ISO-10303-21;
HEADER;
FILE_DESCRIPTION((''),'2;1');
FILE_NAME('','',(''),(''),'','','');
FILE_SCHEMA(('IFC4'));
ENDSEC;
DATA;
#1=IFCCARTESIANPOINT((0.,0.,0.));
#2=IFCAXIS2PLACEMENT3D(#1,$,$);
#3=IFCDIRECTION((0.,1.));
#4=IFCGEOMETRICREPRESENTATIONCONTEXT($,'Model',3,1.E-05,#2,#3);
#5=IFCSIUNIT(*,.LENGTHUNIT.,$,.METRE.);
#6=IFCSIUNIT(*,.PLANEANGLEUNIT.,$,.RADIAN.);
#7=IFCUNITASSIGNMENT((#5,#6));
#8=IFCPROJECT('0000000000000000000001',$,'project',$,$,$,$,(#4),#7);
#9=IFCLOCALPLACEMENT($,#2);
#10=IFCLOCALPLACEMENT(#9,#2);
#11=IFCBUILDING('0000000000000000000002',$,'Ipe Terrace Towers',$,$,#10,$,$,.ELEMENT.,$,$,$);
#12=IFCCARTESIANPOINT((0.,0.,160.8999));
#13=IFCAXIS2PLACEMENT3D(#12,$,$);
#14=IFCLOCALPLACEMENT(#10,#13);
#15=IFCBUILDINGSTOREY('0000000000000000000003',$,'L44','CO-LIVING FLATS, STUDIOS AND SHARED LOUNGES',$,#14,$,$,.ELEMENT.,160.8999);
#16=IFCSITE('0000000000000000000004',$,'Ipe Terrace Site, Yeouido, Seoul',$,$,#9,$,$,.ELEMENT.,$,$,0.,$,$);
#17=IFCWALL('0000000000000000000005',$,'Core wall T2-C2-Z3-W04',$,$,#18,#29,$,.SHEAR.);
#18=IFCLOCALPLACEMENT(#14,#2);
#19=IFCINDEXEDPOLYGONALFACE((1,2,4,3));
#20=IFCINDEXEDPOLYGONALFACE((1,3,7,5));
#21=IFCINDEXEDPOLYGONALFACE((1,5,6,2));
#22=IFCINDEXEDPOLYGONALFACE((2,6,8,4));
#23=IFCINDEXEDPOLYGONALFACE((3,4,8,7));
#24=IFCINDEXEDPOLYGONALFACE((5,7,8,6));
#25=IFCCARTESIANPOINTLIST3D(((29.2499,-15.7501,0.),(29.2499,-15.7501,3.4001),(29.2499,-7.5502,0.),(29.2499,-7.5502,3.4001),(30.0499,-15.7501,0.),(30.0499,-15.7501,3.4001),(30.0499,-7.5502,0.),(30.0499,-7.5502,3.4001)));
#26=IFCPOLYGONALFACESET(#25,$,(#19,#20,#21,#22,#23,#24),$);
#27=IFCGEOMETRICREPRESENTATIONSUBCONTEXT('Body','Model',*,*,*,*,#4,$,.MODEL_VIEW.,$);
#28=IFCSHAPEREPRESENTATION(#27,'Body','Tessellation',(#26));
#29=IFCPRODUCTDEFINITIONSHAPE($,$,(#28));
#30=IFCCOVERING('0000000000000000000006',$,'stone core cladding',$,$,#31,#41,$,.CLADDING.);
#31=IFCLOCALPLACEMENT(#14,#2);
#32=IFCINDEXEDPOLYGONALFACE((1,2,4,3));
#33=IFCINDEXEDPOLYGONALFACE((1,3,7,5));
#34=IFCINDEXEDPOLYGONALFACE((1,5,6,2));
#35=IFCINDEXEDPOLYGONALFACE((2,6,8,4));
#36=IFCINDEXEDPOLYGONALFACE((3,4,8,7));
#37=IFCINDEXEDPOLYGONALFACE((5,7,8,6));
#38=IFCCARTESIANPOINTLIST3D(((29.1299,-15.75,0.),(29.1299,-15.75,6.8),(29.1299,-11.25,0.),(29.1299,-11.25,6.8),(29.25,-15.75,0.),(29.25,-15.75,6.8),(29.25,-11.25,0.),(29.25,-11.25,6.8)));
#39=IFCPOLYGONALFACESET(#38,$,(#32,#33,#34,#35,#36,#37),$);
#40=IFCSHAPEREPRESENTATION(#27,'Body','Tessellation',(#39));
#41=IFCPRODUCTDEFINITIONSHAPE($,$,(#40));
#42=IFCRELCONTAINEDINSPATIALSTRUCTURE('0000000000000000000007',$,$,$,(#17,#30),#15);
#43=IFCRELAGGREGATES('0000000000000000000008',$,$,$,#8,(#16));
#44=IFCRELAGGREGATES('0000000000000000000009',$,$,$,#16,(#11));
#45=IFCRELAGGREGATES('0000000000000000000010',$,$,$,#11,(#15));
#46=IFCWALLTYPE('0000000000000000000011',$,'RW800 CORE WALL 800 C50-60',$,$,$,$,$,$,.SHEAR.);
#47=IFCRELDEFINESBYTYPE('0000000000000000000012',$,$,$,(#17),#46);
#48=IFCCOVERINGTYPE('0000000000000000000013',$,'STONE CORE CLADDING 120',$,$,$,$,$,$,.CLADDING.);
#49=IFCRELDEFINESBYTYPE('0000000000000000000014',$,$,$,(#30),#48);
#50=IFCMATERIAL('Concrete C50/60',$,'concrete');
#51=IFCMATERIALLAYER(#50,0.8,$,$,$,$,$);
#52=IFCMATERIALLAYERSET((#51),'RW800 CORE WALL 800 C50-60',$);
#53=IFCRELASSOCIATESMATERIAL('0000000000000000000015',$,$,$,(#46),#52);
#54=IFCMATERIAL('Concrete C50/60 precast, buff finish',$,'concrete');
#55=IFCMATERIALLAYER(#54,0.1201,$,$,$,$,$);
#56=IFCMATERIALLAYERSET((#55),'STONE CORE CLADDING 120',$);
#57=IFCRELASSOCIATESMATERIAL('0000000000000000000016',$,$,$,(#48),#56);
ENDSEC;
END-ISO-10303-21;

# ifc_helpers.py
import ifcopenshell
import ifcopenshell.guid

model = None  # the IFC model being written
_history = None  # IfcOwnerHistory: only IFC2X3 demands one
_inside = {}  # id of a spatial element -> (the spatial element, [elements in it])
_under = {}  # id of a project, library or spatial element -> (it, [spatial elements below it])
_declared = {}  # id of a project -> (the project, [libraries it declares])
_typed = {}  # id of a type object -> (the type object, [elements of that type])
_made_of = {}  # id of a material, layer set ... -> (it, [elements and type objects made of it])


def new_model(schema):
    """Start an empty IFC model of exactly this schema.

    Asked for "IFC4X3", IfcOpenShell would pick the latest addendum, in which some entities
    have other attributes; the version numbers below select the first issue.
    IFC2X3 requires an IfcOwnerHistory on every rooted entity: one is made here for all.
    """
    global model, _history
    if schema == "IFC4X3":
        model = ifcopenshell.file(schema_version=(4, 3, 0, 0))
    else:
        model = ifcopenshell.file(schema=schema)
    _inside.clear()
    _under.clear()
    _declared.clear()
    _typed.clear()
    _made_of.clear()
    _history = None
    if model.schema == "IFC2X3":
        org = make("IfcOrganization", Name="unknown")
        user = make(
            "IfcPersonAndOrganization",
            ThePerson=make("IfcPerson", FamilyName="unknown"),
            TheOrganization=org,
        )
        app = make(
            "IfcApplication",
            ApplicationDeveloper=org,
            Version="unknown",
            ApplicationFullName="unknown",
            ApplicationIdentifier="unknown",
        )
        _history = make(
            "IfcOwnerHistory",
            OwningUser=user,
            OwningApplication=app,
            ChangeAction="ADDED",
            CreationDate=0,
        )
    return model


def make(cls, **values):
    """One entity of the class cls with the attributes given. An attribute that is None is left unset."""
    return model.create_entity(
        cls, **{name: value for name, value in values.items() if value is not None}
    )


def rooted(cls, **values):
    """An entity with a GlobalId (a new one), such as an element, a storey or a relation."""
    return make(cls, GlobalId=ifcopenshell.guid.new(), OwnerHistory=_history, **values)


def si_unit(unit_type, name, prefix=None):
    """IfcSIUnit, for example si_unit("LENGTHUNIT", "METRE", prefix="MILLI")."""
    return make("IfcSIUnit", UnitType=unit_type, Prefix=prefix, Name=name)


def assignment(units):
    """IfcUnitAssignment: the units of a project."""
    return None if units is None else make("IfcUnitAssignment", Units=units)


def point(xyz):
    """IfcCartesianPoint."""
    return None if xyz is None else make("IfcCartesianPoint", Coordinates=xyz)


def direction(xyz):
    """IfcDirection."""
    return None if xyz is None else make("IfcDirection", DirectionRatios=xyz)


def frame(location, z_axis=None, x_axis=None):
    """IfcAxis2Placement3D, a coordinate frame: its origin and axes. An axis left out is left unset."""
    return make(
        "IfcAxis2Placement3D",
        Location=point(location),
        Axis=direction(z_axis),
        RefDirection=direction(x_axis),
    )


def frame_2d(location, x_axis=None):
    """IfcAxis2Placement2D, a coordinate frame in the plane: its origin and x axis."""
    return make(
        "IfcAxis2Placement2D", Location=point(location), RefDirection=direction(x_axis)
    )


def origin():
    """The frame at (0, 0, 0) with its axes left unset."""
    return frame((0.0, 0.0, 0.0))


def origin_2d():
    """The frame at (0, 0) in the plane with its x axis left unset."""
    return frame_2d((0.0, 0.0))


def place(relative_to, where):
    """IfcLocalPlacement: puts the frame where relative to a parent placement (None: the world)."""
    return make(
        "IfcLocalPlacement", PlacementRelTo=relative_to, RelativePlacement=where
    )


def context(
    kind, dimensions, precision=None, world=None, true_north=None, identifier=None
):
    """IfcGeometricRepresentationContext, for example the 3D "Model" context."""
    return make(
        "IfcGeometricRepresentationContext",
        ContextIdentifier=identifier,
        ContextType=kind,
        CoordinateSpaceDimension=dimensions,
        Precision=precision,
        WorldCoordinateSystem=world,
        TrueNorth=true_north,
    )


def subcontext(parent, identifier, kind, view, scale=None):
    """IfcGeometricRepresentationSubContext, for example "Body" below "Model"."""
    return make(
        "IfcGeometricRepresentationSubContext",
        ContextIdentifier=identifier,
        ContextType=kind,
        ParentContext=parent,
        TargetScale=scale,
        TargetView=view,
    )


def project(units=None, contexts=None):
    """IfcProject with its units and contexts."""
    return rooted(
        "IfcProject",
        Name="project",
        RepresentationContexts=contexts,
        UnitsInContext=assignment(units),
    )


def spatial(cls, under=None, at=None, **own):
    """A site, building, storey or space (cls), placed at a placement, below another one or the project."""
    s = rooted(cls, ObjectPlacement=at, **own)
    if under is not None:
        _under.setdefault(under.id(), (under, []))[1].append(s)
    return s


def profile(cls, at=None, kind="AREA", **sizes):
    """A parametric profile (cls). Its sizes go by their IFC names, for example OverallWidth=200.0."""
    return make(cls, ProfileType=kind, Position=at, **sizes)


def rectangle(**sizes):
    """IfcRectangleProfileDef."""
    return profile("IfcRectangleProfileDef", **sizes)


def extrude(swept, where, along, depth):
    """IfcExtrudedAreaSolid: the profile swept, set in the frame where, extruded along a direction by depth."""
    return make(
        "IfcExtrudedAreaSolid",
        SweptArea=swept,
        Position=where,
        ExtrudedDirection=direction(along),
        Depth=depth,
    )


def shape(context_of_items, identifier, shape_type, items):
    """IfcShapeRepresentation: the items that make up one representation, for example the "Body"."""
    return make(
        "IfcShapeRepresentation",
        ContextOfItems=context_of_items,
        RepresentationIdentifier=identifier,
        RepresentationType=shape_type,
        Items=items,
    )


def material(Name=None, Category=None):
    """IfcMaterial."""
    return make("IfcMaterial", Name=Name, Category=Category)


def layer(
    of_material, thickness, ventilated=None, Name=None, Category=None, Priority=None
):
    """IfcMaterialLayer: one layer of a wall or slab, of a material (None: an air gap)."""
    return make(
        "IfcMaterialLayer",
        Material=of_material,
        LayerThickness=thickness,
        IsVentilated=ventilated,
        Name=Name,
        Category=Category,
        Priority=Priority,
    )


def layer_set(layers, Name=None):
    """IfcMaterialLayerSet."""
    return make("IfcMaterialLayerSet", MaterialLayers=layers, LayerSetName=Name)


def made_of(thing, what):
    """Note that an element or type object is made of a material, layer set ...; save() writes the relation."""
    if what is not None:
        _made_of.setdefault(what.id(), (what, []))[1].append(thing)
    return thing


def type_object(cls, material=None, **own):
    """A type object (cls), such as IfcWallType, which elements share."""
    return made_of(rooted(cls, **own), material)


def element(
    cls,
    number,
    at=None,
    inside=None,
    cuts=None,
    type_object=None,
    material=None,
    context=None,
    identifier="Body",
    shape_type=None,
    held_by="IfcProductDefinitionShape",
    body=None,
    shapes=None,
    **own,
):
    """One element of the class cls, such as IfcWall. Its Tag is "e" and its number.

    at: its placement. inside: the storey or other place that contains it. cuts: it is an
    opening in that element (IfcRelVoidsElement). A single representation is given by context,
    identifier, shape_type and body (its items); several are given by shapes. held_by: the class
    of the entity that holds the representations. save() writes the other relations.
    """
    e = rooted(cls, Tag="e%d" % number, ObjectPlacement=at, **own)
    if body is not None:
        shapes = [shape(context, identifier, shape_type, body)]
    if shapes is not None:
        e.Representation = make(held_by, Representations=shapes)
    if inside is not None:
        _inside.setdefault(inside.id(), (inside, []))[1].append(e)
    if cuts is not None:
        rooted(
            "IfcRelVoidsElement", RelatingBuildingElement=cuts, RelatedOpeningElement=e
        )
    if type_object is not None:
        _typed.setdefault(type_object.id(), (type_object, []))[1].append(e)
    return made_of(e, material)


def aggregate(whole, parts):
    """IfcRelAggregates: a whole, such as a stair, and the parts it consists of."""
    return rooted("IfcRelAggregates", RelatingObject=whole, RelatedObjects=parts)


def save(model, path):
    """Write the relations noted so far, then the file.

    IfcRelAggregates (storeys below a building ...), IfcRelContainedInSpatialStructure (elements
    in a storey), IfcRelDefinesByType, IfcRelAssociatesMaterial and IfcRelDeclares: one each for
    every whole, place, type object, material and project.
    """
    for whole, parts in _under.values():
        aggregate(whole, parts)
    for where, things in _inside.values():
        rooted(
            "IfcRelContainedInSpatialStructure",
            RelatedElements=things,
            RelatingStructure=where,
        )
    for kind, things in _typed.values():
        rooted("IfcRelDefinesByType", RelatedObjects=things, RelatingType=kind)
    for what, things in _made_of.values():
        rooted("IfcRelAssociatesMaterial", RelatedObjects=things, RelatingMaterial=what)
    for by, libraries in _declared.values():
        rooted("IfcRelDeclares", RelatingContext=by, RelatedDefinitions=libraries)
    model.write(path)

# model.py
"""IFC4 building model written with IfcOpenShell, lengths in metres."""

from ifc_helpers import new_model, si_unit, direction, frame, frame_2d, origin, origin_2d, place, context, subcontext, project, spatial, rectangle, extrude, material, layer, layer_set, type_object, element, save


model = new_model("IFC4")

# Units and contexts
model_context = context("Model", 3, precision=1e-05, world=origin(), true_north=direction((0.0, 1.0)))
body_context = subcontext(model_context, "Body", "Model", "MODEL_VIEW")
ifc_project = project(units=[si_unit("LENGTHUNIT", "METRE"), si_unit("PLANEANGLEUNIT", "RADIAN")], contexts=[model_context])

# Site, building, storey
site_placement = place(None, origin())
site = spatial("IfcSite", under=ifc_project, at=site_placement, Name="Ipe Terrace Site, Yeouido, Seoul", CompositionType="ELEMENT", RefElevation=0.0)
building_placement = place(site_placement, origin())
building = spatial("IfcBuilding", under=site, at=building_placement, Name="Ipe Terrace Towers", CompositionType="ELEMENT")
storey_placement = place(building_placement, frame((0.0, 0.0, 160.8999)))
storey = spatial("IfcBuildingStorey", under=building, at=storey_placement, Name="L44", Description="CO-LIVING FLATS, STUDIOS AND SHARED LOUNGES", CompositionType="ELEMENT", Elevation=160.8999)

# Shared definitions
ifc_material_1 = material(Name="Concrete C50/60", Category="concrete")
ifc_layer_1 = layer(ifc_material_1, 0.8)
ifc_layer_set_1 = layer_set([ifc_layer_1], Name="RW800 CORE WALL 800 C50-60")
wall_type_1 = type_object("IfcWallType", Name="RW800 CORE WALL 800 C50-60", PredefinedType="SHEAR", material=ifc_layer_set_1)

# Wall
wall_1_placement = place(storey_placement, frame((29.6499, -7.55, 0.0), z_axis=(0.0, 0.0, 1.0), x_axis=(0.0, -1.0, 0.0)))
element("IfcWall", 1, at=wall_1_placement, inside=storey, type_object=wall_type_1, Name="Core wall T2-C2-Z3-W04", PredefinedType="SHEAR", context=body_context, shape_type="SweptSolid", body=[
    extrude(rectangle(XDim=8.2, YDim=0.8, at=frame_2d((4.1001, 0.0))), origin(), (0.0, 0.0, 1.0), 3.4001),
])

# Covering
ifc_material_2 = material(Name="Concrete C50/60 precast, buff finish", Category="concrete")
ifc_layer_2 = layer(ifc_material_2, 0.1201)
ifc_layer_set_2 = layer_set([ifc_layer_2], Name="STONE CORE CLADDING 120")
covering_type = type_object("IfcCoveringType", Name="STONE CORE CLADDING 120", PredefinedType="CLADDING", material=ifc_layer_set_2)
covering_placement = place(storey_placement, frame((29.1899, -13.5, 0.0), z_axis=(0.0, 0.0, 1.0), x_axis=(0.0, -1.0, 0.0)))
element("IfcCovering", 2, at=covering_placement, inside=storey, type_object=covering_type, Name="stone core cladding", PredefinedType="CLADDING", context=body_context, shape_type="SweptSolid", body=[
    extrude(rectangle(XDim=4.5, YDim=0.1201, at=origin_2d()), origin(), (0.0, 0.0, 1.0), 6.8),
])

save(model, "model.ifc")
